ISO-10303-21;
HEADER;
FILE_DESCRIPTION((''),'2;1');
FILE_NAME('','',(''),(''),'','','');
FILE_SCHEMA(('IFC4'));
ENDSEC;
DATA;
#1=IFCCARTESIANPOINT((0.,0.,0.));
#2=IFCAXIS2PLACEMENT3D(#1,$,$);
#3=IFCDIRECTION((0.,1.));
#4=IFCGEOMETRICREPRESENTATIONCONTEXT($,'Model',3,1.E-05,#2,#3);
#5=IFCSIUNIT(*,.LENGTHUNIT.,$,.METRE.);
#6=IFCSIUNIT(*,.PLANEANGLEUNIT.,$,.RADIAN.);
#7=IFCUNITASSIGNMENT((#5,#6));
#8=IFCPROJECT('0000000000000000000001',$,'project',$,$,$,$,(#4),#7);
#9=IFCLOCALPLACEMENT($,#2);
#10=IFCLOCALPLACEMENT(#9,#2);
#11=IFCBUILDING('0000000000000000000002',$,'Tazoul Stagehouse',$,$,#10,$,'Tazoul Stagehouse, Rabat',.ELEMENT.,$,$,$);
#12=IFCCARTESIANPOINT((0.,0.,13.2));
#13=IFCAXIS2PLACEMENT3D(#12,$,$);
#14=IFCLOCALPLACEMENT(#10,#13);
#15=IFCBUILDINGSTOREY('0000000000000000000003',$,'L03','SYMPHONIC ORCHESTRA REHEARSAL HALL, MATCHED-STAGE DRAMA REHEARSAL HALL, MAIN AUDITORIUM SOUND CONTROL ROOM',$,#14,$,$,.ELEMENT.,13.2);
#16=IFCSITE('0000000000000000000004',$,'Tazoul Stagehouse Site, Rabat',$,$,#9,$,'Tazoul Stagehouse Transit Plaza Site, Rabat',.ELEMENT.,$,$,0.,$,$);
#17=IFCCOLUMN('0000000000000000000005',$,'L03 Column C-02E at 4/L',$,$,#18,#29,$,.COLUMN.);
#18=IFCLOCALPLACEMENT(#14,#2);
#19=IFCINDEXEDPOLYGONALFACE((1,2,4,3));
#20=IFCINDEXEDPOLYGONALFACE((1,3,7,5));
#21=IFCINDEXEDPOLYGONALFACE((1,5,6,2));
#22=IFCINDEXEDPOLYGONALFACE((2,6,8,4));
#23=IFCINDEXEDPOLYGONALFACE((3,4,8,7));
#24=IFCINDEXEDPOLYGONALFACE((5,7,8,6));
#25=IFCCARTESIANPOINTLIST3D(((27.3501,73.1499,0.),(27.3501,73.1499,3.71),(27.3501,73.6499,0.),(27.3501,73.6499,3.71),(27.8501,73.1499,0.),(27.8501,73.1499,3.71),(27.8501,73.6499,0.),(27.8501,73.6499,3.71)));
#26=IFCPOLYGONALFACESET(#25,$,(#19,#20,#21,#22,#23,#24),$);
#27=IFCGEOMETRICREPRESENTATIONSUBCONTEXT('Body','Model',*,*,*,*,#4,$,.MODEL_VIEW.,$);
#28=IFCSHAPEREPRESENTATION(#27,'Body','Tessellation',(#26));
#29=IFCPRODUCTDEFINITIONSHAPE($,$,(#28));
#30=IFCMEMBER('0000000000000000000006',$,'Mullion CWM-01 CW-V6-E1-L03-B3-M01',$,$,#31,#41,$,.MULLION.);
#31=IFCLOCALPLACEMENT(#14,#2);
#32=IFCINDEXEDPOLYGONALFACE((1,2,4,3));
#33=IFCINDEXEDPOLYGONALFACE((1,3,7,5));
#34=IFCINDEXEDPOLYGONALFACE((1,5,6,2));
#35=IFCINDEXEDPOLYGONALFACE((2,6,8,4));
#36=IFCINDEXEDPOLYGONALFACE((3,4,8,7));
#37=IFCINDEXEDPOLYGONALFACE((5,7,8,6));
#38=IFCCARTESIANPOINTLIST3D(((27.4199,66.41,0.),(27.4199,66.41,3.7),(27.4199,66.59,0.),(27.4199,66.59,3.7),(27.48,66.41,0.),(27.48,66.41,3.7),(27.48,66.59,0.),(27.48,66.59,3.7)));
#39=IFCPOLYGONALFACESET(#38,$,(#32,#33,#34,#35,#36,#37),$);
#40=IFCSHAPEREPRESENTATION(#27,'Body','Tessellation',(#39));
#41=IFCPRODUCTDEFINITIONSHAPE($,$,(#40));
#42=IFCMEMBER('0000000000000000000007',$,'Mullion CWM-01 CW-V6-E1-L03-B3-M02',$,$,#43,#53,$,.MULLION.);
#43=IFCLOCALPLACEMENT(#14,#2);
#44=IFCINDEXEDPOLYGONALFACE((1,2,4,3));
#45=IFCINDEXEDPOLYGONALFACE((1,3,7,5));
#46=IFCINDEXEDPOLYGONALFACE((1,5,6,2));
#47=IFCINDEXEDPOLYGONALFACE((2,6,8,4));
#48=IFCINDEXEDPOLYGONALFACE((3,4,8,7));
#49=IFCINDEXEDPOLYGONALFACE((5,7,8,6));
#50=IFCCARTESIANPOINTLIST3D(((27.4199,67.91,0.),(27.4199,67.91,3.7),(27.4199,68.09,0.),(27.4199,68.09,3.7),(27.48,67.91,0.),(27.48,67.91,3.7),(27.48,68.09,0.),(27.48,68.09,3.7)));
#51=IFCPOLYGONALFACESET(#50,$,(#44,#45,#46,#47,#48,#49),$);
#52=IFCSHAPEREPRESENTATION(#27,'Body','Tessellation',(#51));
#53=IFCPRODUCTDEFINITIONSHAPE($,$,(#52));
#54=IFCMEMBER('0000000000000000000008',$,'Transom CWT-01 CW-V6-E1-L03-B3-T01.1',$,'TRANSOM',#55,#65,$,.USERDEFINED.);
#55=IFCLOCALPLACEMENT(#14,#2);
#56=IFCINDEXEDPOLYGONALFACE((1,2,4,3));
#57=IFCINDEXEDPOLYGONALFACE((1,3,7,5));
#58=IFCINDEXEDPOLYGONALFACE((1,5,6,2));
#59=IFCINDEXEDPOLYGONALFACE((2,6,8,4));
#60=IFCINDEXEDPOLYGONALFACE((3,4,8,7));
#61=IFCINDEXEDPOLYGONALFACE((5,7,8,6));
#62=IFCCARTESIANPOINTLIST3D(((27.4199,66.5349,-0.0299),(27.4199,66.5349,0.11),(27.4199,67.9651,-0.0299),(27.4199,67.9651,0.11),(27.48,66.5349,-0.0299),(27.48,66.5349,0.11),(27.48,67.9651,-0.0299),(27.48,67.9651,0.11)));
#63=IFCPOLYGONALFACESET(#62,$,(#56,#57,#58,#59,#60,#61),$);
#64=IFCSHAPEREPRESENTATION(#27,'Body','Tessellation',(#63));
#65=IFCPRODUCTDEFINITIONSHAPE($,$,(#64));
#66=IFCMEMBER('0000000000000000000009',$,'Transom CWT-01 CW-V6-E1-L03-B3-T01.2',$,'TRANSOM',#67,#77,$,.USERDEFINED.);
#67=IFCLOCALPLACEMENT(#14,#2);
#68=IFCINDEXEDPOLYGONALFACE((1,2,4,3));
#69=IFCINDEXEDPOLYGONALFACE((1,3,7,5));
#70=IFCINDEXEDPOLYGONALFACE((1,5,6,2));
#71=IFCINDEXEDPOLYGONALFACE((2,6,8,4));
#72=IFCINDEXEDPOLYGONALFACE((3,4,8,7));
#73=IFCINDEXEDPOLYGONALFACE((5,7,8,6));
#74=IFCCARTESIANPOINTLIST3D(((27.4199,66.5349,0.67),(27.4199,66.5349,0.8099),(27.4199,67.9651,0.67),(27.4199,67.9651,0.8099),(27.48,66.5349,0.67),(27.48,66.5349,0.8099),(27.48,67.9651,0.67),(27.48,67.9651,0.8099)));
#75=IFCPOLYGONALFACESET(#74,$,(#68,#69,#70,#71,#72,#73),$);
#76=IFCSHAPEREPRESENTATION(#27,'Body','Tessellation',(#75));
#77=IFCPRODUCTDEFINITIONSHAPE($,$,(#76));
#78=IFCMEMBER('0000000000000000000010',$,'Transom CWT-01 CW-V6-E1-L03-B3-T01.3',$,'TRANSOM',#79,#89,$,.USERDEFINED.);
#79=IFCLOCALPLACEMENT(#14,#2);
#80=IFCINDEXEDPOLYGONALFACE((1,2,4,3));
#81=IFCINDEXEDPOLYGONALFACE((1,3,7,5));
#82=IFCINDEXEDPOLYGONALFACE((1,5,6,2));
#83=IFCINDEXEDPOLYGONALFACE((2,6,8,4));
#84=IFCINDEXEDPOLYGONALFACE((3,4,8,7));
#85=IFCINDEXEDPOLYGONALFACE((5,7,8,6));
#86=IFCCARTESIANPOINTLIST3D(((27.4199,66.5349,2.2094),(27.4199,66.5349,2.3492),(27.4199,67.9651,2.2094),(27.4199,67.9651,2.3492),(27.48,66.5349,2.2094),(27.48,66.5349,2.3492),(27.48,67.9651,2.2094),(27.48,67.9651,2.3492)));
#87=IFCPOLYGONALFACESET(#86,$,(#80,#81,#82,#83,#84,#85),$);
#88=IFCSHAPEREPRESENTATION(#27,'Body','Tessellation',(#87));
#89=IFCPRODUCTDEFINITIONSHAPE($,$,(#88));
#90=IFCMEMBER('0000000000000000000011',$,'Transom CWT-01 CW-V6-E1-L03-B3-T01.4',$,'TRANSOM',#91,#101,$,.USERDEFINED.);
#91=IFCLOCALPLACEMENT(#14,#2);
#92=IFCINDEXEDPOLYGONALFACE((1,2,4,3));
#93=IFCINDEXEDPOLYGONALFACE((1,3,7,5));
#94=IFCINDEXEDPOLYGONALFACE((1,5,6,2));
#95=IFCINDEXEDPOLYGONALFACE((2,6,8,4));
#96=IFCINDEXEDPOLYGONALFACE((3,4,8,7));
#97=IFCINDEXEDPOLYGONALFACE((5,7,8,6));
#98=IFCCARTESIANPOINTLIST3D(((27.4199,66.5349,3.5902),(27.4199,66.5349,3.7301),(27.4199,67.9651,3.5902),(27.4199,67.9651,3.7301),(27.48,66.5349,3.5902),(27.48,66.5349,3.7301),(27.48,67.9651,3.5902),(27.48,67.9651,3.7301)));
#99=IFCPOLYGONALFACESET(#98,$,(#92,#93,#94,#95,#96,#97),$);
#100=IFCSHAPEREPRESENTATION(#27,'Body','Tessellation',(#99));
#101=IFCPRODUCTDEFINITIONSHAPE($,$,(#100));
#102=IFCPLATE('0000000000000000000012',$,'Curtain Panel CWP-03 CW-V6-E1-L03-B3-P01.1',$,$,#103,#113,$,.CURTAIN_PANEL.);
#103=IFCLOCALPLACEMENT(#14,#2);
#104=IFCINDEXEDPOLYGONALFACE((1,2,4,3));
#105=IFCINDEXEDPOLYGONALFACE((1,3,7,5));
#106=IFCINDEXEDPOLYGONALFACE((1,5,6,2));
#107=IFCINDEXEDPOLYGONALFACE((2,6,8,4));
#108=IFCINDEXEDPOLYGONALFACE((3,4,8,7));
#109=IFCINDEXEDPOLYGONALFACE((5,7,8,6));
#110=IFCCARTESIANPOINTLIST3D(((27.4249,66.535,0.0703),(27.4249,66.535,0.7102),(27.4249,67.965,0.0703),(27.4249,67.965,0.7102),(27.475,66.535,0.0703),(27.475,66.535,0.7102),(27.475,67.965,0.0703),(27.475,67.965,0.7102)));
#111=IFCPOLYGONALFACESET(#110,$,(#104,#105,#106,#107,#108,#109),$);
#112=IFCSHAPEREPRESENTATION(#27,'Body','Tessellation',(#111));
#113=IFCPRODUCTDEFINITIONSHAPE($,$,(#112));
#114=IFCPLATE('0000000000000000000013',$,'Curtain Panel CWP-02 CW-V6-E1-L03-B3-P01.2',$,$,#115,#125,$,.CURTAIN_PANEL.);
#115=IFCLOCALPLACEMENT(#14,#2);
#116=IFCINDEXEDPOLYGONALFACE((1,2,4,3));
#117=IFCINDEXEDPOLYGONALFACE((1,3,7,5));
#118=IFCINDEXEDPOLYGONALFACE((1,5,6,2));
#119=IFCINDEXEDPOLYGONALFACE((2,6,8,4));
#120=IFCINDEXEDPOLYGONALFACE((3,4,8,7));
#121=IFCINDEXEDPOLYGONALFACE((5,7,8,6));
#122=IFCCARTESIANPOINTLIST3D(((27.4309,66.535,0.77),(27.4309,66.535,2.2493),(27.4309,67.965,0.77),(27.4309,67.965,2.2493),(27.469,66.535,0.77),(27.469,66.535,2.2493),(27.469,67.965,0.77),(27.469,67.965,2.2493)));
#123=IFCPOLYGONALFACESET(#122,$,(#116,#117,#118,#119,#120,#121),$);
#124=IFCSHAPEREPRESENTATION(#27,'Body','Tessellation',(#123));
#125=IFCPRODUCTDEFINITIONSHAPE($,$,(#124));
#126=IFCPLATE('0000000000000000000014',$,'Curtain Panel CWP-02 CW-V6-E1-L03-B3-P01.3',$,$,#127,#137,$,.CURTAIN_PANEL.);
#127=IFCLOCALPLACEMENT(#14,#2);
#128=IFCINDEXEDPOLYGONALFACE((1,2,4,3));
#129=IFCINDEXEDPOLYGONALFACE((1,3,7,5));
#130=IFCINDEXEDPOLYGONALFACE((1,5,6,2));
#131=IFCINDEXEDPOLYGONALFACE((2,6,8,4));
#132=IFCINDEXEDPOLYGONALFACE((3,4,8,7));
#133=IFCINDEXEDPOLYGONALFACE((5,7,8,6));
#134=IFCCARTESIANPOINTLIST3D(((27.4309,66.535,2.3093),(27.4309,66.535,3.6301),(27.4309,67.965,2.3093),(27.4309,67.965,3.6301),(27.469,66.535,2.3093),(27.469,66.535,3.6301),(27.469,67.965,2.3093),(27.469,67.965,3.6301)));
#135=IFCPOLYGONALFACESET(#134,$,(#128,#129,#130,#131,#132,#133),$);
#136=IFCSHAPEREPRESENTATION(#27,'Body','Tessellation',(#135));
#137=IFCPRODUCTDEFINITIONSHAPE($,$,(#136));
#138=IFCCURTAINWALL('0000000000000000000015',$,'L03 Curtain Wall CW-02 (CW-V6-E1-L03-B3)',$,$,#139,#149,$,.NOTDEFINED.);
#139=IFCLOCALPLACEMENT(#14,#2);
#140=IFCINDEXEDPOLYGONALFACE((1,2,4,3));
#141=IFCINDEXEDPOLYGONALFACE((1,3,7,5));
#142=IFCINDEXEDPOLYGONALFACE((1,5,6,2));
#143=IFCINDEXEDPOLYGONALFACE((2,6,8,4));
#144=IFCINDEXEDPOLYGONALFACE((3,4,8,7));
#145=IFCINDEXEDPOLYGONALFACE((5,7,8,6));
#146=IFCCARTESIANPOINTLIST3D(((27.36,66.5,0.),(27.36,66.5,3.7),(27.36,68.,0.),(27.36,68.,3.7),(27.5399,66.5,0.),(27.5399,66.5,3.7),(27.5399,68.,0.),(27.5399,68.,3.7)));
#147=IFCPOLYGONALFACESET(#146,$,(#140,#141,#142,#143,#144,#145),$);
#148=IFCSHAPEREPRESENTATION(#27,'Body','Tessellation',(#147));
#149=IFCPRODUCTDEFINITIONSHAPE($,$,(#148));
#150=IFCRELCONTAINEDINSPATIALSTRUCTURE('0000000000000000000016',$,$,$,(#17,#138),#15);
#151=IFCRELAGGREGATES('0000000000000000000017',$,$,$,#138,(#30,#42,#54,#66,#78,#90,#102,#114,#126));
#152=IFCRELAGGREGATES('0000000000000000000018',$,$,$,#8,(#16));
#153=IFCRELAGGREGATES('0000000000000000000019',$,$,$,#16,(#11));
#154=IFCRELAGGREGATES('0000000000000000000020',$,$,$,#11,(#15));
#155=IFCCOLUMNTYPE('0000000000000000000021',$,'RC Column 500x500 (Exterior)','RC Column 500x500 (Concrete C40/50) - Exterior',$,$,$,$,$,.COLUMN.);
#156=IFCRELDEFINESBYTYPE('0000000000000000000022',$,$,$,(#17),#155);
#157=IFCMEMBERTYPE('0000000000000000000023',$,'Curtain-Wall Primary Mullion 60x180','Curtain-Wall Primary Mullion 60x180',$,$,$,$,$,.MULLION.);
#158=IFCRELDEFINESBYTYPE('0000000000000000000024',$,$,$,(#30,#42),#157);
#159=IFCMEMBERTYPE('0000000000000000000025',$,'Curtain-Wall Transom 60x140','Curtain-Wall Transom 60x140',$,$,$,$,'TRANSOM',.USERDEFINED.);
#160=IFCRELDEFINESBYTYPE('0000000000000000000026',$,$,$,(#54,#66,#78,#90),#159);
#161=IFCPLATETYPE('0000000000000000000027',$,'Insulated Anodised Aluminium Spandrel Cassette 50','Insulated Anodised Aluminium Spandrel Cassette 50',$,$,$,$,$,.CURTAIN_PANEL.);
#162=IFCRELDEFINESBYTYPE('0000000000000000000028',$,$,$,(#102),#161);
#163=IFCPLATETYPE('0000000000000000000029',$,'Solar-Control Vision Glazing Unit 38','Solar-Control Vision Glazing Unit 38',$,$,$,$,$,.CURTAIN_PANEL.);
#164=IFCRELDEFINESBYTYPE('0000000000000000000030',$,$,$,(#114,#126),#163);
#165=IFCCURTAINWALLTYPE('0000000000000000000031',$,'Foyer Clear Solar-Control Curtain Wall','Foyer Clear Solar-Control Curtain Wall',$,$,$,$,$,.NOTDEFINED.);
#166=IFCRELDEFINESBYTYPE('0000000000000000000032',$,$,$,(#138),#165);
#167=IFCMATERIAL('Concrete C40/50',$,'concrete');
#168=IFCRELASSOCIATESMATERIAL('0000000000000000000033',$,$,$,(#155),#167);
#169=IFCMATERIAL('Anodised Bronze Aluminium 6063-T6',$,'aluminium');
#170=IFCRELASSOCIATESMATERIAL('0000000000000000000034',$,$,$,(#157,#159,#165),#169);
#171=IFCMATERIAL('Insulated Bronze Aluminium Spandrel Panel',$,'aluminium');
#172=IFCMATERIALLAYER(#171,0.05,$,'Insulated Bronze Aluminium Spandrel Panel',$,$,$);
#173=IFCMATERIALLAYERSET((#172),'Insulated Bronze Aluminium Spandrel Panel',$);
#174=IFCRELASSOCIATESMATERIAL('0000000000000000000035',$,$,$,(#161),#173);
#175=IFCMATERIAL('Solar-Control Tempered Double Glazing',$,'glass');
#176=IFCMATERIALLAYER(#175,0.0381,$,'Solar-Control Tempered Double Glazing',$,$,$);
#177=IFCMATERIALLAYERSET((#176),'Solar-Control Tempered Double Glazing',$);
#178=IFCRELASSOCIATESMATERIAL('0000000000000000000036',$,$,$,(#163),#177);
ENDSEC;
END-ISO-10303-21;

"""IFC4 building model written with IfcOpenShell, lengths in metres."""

from ifc_helpers import new_model, si_unit, direction, frame, frame_2d, origin, origin_2d, place, context, subcontext, project, spatial, rectangle, extrude, material, layer, layer_set, material_profile, profile_set, type_object, element, aggregate, save


model = new_model("IFC4")

# Units and contexts
model_context = context("Model", 3, precision=1e-05, world=origin(), true_north=direction((0.0, 1.0)))
body_context = subcontext(model_context, "Body", "Model", "MODEL_VIEW")
ifc_project = project(units=[si_unit("LENGTHUNIT", "METRE"), si_unit("PLANEANGLEUNIT", "RADIAN")], contexts=[model_context])

# Site, building, storey
site_placement = place(None, origin())
site = spatial("IfcSite", under=ifc_project, at=site_placement, Name="Tazoul Stagehouse Site, Rabat", LongName="Tazoul Stagehouse Transit Plaza Site, Rabat", CompositionType="ELEMENT", RefElevation=0.0)
building_placement = place(site_placement, origin())
building = spatial("IfcBuilding", under=site, at=building_placement, Name="Tazoul Stagehouse", LongName="Tazoul Stagehouse, Rabat", CompositionType="ELEMENT")
storey_placement = place(building_placement, frame((0.0, 0.0, 13.2)))
storey = spatial("IfcBuildingStorey", under=building, at=storey_placement, Name="L03", Description="SYMPHONIC ORCHESTRA REHEARSAL HALL, MATCHED-STAGE DRAMA REHEARSAL HALL, MAIN AUDITORIUM SOUND CONTROL ROOM", CompositionType="ELEMENT", Elevation=13.2)

# Column
ifc_material_1 = material(Name="Concrete C40/50", Category="concrete")
ifc_material_profile_1 = material_profile(ifc_material_1, rectangle(XDim=0.5, YDim=0.5, at=origin_2d()), Name="RC 500x500")
ifc_profile_set_1 = profile_set([ifc_material_profile_1], Name="Concrete C40/50")
column_type = type_object("IfcColumnType", Name="RC Column 500x500 (Exterior)", Description="RC Column 500x500 (Concrete C40/50) - Exterior", PredefinedType="COLUMN", material=ifc_profile_set_1)
column_placement = place(storey_placement, frame((27.6001, 73.3999, 0.0), z_axis=(0.0, 0.0, 1.0), x_axis=(1.0, 0.0, 0.0)))
element("IfcColumn", 1, at=column_placement, inside=storey, type_object=column_type, Name="L03 Column C-02E at 4/L", PredefinedType="COLUMN", context=body_context, shape_type="SweptSolid", body=[
    extrude(rectangle(XDim=0.5, YDim=0.5, at=origin_2d()), origin(), (0.0, 0.0, 1.0), 3.71),
])

# Members
ifc_material_2 = material(Name="Anodised Bronze Aluminium 6063-T6", Category="aluminium")
ifc_material_profile_2 = material_profile(ifc_material_2, rectangle(XDim=0.0601, YDim=0.1799, at=origin_2d()), Name="ALU MULLION 60x180")
ifc_profile_set_2 = profile_set([ifc_material_profile_2], Name="Anodised Bronze Aluminium 6063-T6")
member_type_1 = type_object("IfcMemberType", Name="Curtain-Wall Primary Mullion 60x180", Description="Curtain-Wall Primary Mullion 60x180", PredefinedType="MULLION", material=ifc_profile_set_2)
member_1_placement = place(storey_placement, frame((27.45, 66.5, 0.0), z_axis=(0.0, 0.0, 1.0), x_axis=(1.0, 0.0, 0.0)))
member_1 = element("IfcMember", 2, at=member_1_placement, type_object=member_type_1, Name="Mullion CWM-01 CW-V6-E1-L03-B3-M01", PredefinedType="MULLION", context=body_context, shape_type="SweptSolid", body=[
    extrude(rectangle(XDim=0.0601, YDim=0.1799, at=origin_2d()), origin(), (0.0, 0.0, 1.0), 3.7),
])
member_2_placement = place(storey_placement, frame((27.45, 68.0, 0.0), z_axis=(0.0, 0.0, 1.0), x_axis=(1.0, 0.0, 0.0)))
member_2 = element("IfcMember", 3, at=member_2_placement, type_object=member_type_1, Name="Mullion CWM-01 CW-V6-E1-L03-B3-M02", PredefinedType="MULLION", context=body_context, shape_type="SweptSolid", body=[
    extrude(rectangle(XDim=0.0601, YDim=0.1799, at=origin_2d()), origin(), (0.0, 0.0, 1.0), 3.7),
])
ifc_material_profile_3 = material_profile(ifc_material_2, rectangle(XDim=0.0601, YDim=0.1399, at=origin_2d()), Name="ALU TRANSOM 60x140")
ifc_profile_set_3 = profile_set([ifc_material_profile_3], Name="Anodised Bronze Aluminium 6063-T6")
member_type_2 = type_object("IfcMemberType", Name="Curtain-Wall Transom 60x140", Description="Curtain-Wall Transom 60x140", ElementType="TRANSOM", PredefinedType="USERDEFINED", material=ifc_profile_set_3)
member_3_placement = place(storey_placement, frame((27.45, 66.5349, 0.04), z_axis=(0.0, 1.0, 0.0), x_axis=(-1.0, 0.0, 0.0)))
member_3 = element("IfcMember", 4, at=member_3_placement, type_object=member_type_2, Name="Transom CWT-01 CW-V6-E1-L03-B3-T01.1", ObjectType="TRANSOM", PredefinedType="USERDEFINED", context=body_context, shape_type="SweptSolid", body=[
    extrude(rectangle(XDim=0.0601, YDim=0.1399, at=origin_2d()), origin(), (0.0, 0.0, 1.0), 1.4302),
])
member_4_placement = place(storey_placement, frame((27.45, 66.5349, 0.74), z_axis=(0.0, 1.0, 0.0), x_axis=(-1.0, 0.0, 0.0)))
member_4 = element("IfcMember", 5, at=member_4_placement, type_object=member_type_2, Name="Transom CWT-01 CW-V6-E1-L03-B3-T01.2", ObjectType="TRANSOM", PredefinedType="USERDEFINED", context=body_context, shape_type="SweptSolid", body=[
    extrude(rectangle(XDim=0.0601, YDim=0.1399, at=origin_2d()), origin(), (0.0, 0.0, 1.0), 1.4302),
])
member_5_placement = place(storey_placement, frame((27.45, 66.5349, 2.2793), z_axis=(0.0, 1.0, 0.0), x_axis=(-1.0, 0.0, 0.0)))
member_5 = element("IfcMember", 6, at=member_5_placement, type_object=member_type_2, Name="Transom CWT-01 CW-V6-E1-L03-B3-T01.3", ObjectType="TRANSOM", PredefinedType="USERDEFINED", context=body_context, shape_type="SweptSolid", body=[
    extrude(rectangle(XDim=0.0601, YDim=0.1399, at=origin_2d()), origin(), (0.0, 0.0, 1.0), 1.4302),
])
member_6_placement = place(storey_placement, frame((27.45, 66.5349, 3.6602), z_axis=(0.0, 1.0, 0.0), x_axis=(-1.0, 0.0, 0.0)))
member_6 = element("IfcMember", 7, at=member_6_placement, type_object=member_type_2, Name="Transom CWT-01 CW-V6-E1-L03-B3-T01.4", ObjectType="TRANSOM", PredefinedType="USERDEFINED", context=body_context, shape_type="SweptSolid", body=[
    extrude(rectangle(XDim=0.0601, YDim=0.1399, at=origin_2d()), origin(), (0.0, 0.0, 1.0), 1.4302),
])

# Plate
ifc_material_3 = material(Name="Insulated Bronze Aluminium Spandrel Panel", Category="aluminium")
ifc_layer_1 = layer(ifc_material_3, 0.05, Name="Insulated Bronze Aluminium Spandrel Panel")
ifc_layer_set_1 = layer_set([ifc_layer_1], Name="Insulated Bronze Aluminium Spandrel Panel")
plate_type_1 = type_object("IfcPlateType", Name="Insulated Anodised Aluminium Spandrel Cassette 50", Description="Insulated Anodised Aluminium Spandrel Cassette 50", PredefinedType="CURTAIN_PANEL", material=ifc_layer_set_1)
plate_1_placement = place(storey_placement, frame((27.45, 67.25, 0.0703), z_axis=(0.0, 0.0, 1.0), x_axis=(0.0, 1.0, 0.0)))
plate_1 = element("IfcPlate", 8, at=plate_1_placement, type_object=plate_type_1, Name="Curtain Panel CWP-03 CW-V6-E1-L03-B3-P01.1", PredefinedType="CURTAIN_PANEL", context=body_context, shape_type="SweptSolid", body=[
    extrude(rectangle(XDim=1.4299, YDim=0.05, at=origin_2d()), origin(), (0.0, 0.0, 1.0), 0.6399),
])

# Plates
ifc_material_4 = material(Name="Solar-Control Tempered Double Glazing", Category="glass")
ifc_layer_2 = layer(ifc_material_4, 0.0381, Name="Solar-Control Tempered Double Glazing")
ifc_layer_set_2 = layer_set([ifc_layer_2], Name="Solar-Control Tempered Double Glazing")
plate_type_2 = type_object("IfcPlateType", Name="Solar-Control Vision Glazing Unit 38", Description="Solar-Control Vision Glazing Unit 38", PredefinedType="CURTAIN_PANEL", material=ifc_layer_set_2)
plate_2_placement = place(storey_placement, frame((27.45, 67.25, 0.77), z_axis=(0.0, 0.0, 1.0), x_axis=(0.0, 1.0, 0.0)))
plate_2 = element("IfcPlate", 9, at=plate_2_placement, type_object=plate_type_2, Name="Curtain Panel CWP-02 CW-V6-E1-L03-B3-P01.2", PredefinedType="CURTAIN_PANEL", context=body_context, shape_type="SweptSolid", body=[
    extrude(rectangle(XDim=1.4299, YDim=0.0381, at=origin_2d()), origin(), (0.0, 0.0, 1.0), 1.4792),
])
plate_3_placement = place(storey_placement, frame((27.45, 67.25, 2.3093), z_axis=(0.0, 0.0, 1.0), x_axis=(0.0, 1.0, 0.0)))
plate_3 = element("IfcPlate", 10, at=plate_3_placement, type_object=plate_type_2, Name="Curtain Panel CWP-02 CW-V6-E1-L03-B3-P01.3", PredefinedType="CURTAIN_PANEL", context=body_context, shape_type="SweptSolid", body=[
    extrude(rectangle(XDim=1.4299, YDim=0.0381, at=origin_2d()), origin(), (0.0, 0.0, 1.0), 1.3208),
])

# Curtain wall
curtain_wall_type = type_object("IfcCurtainWallType", Name="Foyer Clear Solar-Control Curtain Wall", Description="Foyer Clear Solar-Control Curtain Wall", PredefinedType="NOTDEFINED", material=ifc_material_2)
curtain_wall_placement = place(storey_placement, frame((27.45, 66.5, 0.0), z_axis=(0.0, 0.0, 1.0), x_axis=(0.0, 1.0, 0.0)))
curtain_wall = element("IfcCurtainWall", 11, at=curtain_wall_placement, inside=storey, type_object=curtain_wall_type, Name="L03 Curtain Wall CW-02 (CW-V6-E1-L03-B3)", PredefinedType="NOTDEFINED", context=body_context, shape_type="SweptSolid", body=[
    extrude(rectangle(XDim=1.5, YDim=0.1799, at=frame_2d((0.75, 0.0))), origin(), (0.0, 0.0, 1.0), 3.7),
])
aggregate(curtain_wall, [member_1, member_2, member_3, member_4, member_5, member_6, plate_1, plate_2, plate_3])

save(model, "model.ifc")
